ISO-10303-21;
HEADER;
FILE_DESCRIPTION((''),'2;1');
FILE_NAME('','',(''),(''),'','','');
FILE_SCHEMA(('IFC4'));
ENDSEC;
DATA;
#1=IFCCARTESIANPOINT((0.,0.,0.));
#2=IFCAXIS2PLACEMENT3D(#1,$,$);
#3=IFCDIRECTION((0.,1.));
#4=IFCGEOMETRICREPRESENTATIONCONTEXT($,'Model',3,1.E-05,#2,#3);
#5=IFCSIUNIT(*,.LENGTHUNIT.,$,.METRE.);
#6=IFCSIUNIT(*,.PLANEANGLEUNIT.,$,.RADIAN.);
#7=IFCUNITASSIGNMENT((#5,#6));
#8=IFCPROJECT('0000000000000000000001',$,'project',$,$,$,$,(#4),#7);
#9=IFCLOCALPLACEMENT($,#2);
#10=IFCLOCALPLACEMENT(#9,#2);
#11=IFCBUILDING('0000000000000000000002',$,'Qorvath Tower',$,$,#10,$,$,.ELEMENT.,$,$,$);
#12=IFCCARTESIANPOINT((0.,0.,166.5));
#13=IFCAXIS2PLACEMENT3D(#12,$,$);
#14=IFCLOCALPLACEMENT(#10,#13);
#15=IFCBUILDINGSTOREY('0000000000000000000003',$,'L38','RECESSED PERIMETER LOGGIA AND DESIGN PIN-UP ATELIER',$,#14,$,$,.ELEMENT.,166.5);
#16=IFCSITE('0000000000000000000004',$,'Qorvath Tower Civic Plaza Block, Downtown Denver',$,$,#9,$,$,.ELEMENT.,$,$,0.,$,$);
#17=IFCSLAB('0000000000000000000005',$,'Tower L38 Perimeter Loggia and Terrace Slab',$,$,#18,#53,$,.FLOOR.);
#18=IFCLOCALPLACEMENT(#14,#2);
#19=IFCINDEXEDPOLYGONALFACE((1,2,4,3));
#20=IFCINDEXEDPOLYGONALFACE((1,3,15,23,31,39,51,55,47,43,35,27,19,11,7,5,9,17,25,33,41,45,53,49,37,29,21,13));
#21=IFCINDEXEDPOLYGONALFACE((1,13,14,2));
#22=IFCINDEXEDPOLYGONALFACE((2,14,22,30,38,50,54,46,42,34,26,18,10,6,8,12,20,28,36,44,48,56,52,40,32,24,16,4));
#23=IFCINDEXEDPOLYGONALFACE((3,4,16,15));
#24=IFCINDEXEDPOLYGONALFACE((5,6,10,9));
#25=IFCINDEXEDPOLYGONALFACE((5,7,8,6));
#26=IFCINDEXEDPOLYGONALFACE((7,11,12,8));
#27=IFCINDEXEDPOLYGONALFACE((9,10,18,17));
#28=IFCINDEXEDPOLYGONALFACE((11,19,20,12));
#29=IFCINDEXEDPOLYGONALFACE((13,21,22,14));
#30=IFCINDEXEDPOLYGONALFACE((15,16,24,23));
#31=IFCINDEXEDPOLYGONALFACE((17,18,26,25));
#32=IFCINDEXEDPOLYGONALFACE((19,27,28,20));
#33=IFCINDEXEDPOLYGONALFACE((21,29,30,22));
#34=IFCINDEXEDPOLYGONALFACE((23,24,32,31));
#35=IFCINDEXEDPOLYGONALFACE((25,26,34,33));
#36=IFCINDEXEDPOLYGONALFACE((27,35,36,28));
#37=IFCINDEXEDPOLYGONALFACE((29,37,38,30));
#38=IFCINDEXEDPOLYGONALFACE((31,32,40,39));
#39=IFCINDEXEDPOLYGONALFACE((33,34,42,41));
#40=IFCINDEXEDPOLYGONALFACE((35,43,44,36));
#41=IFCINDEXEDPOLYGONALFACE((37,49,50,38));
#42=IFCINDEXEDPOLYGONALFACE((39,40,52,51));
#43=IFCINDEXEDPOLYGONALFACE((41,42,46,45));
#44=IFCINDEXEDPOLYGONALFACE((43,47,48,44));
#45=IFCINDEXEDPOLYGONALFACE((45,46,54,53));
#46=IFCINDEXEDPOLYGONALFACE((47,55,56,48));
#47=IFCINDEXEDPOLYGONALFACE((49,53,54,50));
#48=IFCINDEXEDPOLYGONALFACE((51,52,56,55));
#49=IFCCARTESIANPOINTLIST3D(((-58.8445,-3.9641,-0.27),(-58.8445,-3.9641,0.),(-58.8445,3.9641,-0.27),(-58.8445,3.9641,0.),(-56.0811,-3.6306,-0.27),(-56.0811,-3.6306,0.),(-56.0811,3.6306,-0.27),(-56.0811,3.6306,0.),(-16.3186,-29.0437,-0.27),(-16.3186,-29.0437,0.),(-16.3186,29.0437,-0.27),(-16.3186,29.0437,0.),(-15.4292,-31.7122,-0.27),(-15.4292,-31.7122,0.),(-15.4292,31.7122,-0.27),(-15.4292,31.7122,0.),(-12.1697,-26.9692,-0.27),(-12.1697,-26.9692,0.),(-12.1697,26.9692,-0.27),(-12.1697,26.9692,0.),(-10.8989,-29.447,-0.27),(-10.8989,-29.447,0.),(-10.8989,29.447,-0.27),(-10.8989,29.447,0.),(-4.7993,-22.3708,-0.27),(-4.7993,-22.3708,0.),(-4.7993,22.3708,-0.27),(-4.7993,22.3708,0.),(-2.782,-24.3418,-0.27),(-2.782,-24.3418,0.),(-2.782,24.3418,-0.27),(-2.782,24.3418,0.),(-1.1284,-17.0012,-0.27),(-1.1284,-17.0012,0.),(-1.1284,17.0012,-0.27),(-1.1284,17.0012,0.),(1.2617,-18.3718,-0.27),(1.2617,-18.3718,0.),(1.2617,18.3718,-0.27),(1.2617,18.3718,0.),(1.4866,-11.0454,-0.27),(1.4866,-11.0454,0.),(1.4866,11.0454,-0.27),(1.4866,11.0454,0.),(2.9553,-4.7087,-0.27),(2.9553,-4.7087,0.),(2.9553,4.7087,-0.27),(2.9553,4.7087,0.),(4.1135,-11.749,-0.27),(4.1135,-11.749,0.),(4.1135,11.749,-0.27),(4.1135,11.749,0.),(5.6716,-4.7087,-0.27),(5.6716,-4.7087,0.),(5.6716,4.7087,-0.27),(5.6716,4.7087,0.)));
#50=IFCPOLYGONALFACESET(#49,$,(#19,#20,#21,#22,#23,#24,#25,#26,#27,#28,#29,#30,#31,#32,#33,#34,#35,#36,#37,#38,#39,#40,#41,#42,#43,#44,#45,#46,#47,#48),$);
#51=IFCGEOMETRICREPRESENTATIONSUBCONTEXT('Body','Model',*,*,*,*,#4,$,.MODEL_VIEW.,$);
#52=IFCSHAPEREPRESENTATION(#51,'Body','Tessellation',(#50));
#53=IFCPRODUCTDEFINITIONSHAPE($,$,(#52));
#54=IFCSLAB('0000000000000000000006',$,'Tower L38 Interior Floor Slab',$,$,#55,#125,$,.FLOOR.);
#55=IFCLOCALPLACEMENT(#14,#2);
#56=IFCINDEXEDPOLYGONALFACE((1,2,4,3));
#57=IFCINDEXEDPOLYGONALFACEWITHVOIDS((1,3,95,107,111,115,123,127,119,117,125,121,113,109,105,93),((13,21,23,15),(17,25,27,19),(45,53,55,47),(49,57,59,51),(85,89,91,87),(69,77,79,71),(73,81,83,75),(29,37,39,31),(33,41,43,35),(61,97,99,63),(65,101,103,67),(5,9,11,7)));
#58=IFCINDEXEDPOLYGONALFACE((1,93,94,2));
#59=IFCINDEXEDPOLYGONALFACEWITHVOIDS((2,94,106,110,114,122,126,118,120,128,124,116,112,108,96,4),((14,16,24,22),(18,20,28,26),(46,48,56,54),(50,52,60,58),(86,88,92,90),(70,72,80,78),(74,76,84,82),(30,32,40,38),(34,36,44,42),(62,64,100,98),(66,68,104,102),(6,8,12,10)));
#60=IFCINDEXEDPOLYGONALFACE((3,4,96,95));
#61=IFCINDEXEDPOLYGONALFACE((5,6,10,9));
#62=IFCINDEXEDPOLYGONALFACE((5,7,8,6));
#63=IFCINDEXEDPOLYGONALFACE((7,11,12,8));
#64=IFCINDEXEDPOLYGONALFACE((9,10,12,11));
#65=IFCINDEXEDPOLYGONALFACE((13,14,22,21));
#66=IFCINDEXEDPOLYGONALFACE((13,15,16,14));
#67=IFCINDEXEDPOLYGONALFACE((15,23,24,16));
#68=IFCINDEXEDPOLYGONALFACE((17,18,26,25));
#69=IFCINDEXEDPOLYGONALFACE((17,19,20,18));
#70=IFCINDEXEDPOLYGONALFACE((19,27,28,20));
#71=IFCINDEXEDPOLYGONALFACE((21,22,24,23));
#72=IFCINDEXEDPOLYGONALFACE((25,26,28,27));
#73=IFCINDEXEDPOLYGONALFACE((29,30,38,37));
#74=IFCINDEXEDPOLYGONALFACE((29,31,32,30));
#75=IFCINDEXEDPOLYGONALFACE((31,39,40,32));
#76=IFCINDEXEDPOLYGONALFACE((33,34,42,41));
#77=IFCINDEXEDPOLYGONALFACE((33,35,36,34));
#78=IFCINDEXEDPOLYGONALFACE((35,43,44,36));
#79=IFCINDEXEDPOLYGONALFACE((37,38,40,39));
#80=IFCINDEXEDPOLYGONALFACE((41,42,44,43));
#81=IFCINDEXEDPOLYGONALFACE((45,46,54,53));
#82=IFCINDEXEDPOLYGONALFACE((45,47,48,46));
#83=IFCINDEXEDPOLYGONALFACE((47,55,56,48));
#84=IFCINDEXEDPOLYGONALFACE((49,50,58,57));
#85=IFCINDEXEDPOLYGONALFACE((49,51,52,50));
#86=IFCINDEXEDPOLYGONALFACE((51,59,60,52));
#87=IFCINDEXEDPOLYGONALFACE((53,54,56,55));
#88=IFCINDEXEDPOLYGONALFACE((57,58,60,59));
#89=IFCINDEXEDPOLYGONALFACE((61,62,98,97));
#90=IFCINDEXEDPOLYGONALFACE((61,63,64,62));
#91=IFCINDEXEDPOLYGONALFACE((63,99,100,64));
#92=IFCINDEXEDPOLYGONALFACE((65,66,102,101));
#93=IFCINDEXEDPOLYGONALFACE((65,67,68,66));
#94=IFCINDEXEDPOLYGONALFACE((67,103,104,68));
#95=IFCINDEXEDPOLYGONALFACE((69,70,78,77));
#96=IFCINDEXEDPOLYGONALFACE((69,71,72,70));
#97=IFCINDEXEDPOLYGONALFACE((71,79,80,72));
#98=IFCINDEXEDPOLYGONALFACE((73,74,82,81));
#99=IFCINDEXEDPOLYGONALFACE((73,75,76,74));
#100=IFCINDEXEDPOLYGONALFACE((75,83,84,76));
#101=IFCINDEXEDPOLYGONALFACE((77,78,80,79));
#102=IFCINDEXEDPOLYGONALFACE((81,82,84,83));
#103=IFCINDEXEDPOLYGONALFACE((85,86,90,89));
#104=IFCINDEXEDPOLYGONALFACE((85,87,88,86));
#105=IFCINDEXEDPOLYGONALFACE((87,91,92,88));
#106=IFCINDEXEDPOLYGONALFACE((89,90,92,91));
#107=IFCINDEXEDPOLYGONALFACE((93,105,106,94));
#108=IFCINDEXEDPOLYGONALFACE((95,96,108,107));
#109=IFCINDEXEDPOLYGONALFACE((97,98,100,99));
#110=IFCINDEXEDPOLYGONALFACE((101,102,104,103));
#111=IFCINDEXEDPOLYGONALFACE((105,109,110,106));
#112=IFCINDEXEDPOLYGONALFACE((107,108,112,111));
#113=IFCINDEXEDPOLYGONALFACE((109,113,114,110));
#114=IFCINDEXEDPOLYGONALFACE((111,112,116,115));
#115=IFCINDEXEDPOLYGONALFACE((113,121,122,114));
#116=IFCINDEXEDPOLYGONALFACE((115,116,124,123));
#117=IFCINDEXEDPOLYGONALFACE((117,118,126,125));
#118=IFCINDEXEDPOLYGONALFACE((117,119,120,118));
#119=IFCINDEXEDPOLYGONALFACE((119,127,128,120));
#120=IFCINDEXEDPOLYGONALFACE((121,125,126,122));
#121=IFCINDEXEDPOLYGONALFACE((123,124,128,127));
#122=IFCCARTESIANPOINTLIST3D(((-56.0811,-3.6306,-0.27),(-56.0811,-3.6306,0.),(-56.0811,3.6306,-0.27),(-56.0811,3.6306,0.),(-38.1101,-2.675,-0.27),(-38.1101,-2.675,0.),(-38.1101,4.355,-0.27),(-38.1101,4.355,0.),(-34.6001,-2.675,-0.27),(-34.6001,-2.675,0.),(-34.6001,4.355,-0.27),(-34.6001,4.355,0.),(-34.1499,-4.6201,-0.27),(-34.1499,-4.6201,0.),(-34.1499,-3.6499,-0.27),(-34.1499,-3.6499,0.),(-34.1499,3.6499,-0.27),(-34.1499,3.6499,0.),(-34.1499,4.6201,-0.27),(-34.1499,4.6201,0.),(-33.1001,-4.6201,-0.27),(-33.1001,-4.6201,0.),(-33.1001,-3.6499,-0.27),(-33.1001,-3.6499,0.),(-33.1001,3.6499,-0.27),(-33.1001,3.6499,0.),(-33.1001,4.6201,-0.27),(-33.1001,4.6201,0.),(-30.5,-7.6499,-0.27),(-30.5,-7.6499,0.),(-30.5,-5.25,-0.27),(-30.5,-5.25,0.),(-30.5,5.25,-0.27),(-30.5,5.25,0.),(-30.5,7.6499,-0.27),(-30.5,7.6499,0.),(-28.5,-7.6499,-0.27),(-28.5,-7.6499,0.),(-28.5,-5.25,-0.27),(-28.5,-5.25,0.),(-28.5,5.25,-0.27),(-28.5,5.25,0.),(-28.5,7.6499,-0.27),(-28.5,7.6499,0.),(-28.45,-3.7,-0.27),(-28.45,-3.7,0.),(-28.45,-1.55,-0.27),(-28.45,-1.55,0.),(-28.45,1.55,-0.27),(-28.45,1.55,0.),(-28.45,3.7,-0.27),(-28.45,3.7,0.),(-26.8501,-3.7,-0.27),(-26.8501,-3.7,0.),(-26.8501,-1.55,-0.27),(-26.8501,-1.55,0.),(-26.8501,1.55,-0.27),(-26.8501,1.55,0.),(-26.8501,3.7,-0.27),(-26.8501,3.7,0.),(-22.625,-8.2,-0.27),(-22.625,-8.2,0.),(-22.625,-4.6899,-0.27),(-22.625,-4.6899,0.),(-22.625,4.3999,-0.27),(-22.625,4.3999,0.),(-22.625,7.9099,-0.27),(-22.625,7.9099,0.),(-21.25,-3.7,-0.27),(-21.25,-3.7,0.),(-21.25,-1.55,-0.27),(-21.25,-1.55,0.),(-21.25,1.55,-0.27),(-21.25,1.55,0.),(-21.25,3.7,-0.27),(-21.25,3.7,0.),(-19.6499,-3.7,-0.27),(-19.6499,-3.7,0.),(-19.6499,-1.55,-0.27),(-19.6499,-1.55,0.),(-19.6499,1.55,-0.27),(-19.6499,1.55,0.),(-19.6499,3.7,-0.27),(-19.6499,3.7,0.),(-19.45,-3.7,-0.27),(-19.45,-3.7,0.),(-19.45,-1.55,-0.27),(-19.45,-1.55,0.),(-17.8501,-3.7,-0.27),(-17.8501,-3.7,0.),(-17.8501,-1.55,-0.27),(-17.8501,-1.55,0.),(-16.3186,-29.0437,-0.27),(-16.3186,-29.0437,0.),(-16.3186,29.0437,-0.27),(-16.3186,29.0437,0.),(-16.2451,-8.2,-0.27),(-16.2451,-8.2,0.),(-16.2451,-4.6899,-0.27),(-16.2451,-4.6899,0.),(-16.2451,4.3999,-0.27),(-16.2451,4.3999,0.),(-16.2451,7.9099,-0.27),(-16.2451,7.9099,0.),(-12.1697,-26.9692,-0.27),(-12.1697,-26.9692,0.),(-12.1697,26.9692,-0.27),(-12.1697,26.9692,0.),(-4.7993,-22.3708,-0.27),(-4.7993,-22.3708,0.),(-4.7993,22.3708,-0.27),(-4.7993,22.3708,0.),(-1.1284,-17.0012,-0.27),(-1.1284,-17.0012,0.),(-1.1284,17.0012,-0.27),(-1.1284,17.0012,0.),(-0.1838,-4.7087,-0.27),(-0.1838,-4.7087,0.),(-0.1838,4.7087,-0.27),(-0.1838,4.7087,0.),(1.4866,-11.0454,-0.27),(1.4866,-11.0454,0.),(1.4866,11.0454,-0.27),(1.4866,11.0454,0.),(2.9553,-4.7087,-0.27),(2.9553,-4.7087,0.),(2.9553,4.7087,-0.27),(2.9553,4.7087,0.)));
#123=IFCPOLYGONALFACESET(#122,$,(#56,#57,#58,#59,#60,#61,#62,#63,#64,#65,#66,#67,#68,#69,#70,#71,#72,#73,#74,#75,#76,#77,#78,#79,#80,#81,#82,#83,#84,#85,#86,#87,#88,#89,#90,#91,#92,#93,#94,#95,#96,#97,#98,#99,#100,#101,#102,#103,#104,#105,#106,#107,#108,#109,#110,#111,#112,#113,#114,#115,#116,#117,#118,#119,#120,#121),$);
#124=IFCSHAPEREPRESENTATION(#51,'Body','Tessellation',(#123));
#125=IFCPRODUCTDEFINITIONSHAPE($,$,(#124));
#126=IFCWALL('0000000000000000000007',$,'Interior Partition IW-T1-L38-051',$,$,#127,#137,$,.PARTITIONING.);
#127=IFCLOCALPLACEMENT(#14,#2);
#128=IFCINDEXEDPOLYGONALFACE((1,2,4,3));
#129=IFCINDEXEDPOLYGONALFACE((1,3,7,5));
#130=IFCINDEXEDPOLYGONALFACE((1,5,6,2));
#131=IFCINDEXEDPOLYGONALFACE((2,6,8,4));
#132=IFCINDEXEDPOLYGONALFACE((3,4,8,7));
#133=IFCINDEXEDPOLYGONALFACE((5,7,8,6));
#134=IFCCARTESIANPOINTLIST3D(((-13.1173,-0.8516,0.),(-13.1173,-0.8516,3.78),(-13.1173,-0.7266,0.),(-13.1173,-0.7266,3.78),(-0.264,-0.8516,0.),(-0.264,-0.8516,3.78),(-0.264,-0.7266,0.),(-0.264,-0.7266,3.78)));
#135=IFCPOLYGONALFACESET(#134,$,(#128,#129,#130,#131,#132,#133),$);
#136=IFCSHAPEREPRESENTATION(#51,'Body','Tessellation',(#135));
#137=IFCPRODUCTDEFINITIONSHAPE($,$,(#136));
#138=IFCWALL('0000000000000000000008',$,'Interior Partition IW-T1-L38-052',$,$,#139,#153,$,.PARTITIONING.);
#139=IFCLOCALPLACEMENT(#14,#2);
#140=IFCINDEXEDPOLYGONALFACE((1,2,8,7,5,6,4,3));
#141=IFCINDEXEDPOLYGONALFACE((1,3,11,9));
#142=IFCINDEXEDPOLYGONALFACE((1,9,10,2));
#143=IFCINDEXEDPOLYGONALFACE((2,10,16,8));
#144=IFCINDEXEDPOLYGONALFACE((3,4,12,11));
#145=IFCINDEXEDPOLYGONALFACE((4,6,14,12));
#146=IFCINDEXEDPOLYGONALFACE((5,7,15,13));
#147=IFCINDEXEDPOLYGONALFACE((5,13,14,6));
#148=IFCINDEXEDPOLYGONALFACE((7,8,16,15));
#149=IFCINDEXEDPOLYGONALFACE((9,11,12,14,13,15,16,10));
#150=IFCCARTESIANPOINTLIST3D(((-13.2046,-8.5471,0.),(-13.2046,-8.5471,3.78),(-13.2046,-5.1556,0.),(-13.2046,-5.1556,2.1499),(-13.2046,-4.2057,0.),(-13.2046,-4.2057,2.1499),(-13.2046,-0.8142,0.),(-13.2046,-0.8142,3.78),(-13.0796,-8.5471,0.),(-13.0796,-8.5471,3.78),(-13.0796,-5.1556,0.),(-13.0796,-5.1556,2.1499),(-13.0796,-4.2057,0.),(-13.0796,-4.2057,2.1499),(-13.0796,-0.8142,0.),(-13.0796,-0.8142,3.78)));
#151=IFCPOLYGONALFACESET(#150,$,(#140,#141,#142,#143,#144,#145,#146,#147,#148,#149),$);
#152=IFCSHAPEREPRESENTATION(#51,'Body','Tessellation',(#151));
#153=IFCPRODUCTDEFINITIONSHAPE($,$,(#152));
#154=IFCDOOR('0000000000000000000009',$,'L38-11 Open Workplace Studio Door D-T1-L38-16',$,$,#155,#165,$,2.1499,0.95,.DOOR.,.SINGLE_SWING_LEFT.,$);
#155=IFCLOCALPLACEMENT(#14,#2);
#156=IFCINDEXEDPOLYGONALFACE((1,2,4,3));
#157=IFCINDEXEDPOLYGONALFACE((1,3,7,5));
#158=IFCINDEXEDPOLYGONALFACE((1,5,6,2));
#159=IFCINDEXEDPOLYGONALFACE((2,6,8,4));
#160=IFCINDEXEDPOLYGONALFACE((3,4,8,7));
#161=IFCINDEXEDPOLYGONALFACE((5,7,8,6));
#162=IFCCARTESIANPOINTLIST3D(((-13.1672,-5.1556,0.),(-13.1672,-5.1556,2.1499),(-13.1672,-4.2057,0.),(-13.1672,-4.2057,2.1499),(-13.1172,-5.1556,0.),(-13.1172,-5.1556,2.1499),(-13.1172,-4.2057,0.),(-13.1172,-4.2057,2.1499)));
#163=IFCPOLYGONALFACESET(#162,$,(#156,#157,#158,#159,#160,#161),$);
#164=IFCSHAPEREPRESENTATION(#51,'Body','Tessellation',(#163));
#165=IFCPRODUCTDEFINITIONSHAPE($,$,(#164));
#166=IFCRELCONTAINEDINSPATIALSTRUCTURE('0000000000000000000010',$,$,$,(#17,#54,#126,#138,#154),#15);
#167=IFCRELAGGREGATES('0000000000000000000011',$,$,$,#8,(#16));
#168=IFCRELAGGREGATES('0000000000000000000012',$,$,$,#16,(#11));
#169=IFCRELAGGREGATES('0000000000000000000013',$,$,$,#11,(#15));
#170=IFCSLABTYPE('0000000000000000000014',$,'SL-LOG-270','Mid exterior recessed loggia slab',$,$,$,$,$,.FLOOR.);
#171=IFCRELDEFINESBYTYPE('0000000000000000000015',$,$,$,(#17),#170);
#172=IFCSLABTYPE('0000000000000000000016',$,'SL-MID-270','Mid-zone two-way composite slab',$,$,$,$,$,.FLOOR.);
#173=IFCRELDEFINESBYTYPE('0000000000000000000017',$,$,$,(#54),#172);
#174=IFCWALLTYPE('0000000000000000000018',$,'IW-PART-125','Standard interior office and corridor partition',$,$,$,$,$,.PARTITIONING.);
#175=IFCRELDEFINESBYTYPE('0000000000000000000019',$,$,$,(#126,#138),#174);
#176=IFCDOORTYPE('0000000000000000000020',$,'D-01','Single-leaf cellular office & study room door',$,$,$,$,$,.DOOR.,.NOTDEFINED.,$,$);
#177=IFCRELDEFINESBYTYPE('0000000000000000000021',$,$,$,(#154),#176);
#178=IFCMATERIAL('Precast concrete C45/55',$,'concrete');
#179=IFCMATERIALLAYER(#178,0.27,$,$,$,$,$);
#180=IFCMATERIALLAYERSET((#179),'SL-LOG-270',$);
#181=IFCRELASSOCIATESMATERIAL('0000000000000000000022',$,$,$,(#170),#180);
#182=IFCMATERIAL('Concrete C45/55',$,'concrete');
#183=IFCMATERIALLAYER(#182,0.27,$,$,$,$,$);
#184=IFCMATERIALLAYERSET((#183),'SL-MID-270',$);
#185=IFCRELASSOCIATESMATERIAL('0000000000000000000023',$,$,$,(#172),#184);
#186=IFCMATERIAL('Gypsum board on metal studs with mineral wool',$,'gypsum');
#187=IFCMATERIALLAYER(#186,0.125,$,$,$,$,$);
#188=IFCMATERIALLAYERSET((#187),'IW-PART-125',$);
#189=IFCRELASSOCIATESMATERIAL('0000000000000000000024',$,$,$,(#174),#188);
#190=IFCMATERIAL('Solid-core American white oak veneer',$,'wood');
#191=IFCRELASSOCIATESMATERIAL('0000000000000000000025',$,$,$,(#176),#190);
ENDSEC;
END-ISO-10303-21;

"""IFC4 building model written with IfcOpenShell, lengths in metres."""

from ifc_helpers import new_model, si_unit, direction, frame, frame_2d, origin, place, context, subcontext, project, spatial, polyline, rectangle, outline, extrude, material, layer, layer_set, type_object, element, fill, save


model = new_model("IFC4")

# Units and contexts
model_context = context("Model", 3, precision=1e-05, world=origin(), true_north=direction((0.0, 1.0)))
body_context = subcontext(model_context, "Body", "Model", "MODEL_VIEW")
ifc_project = project(units=[si_unit("LENGTHUNIT", "METRE"), si_unit("PLANEANGLEUNIT", "RADIAN")], contexts=[model_context])

# Site, building, storey
site_placement = place(None, origin())
site = spatial("IfcSite", under=ifc_project, at=site_placement, Name="Qorvath Tower Civic Plaza Block, Downtown Denver", CompositionType="ELEMENT", RefElevation=0.0)
building_placement = place(site_placement, origin())
building = spatial("IfcBuilding", under=site, at=building_placement, Name="Qorvath Tower", CompositionType="ELEMENT")
storey_placement = place(building_placement, frame((0.0, 0.0, 166.5)))
storey = spatial("IfcBuildingStorey", under=building, at=storey_placement, Name="L38", Description="RECESSED PERIMETER LOGGIA AND DESIGN PIN-UP ATELIER", CompositionType="ELEMENT", Elevation=166.5)

# Slabs
ifc_material_1 = material(Name="Precast concrete C45/55", Category="concrete")
ifc_layer_1 = layer(ifc_material_1, 0.27)
ifc_layer_set_1 = layer_set([ifc_layer_1], Name="SL-LOG-270")
slab_type_1 = type_object("IfcSlabType", Name="SL-LOG-270", Description="Mid exterior recessed loggia slab", PredefinedType="FLOOR", material=ifc_layer_set_1)
slab_1_placement = place(storey_placement, frame((0.0, 0.0, -0.27)))
element("IfcSlab", 1, at=slab_1_placement, inside=storey, type_object=slab_type_1, Name="Tower L38 Perimeter Loggia and Terrace Slab", PredefinedType="FLOOR", context=body_context, shape_type="SweptSolid", body=[
    extrude(outline(polyline([(2.9553, -4.7087), (1.4866, -11.0454), (-1.1284, -17.0012), (-4.7993, -22.3708), (-12.1697, -26.9692), (-16.3186, -29.0437), (-56.0811, -3.6306), (-56.0811, 3.6306), (-16.3186, 29.0437), (-12.1697, 26.9692), (-4.7993, 22.3708), (-1.1284, 17.0012), (1.4866, 11.0454), (2.9553, 4.7087), (5.6716, 4.7087), (4.1135, 11.749), (1.2617, 18.3718), (-2.782, 24.3418), (-10.8989, 29.447), (-15.4292, 31.7122), (-58.8445, 3.9641), (-58.8445, -3.9641), (-15.4292, -31.7122), (-10.8989, -29.447), (-2.782, -24.3418), (1.2617, -18.3718), (4.1135, -11.749), (5.6716, -4.7087), (2.9553, -4.7087)])), origin(), (0.0, 0.0, 1.0), 0.27),
])
ifc_material_2 = material(Name="Concrete C45/55", Category="concrete")
ifc_layer_2 = layer(ifc_material_2, 0.27)
ifc_layer_set_2 = layer_set([ifc_layer_2], Name="SL-MID-270")
slab_type_2 = type_object("IfcSlabType", Name="SL-MID-270", Description="Mid-zone two-way composite slab", PredefinedType="FLOOR", material=ifc_layer_set_2)
slab_2_placement = place(storey_placement, frame((0.0, 0.0, -0.27)))
element("IfcSlab", 2, at=slab_2_placement, inside=storey, type_object=slab_type_2, Name="Tower L38 Interior Floor Slab", PredefinedType="FLOOR", context=body_context, shape_type="SweptSolid", body=[
    extrude(outline(polyline([(-56.0811, 3.6306), (-56.0811, -3.6306), (-16.3186, -29.0437), (-12.1697, -26.9692), (-4.7993, -22.3708), (-1.1284, -17.0012), (1.4866, -11.0454), (2.9553, -4.7087), (-0.1838, -4.7087), (-0.1838, 4.7087), (2.9553, 4.7087), (1.4866, 11.0454), (-1.1284, 17.0012), (-4.7993, 22.3708), (-12.1697, 26.9692), (-16.3186, 29.0437), (-56.0811, 3.6306)]), holes=[polyline([(-16.2451, -8.2), (-22.625, -8.2), (-22.625, -4.6899), (-16.2451, -4.6899), (-16.2451, -8.2)]), polyline([(-22.625, 4.3999), (-22.625, 7.9099), (-16.2451, 7.9099), (-16.2451, 4.3999), (-22.625, 4.3999)]), polyline([(-17.8501, -3.7), (-19.45, -3.7), (-19.45, -1.55), (-17.8501, -1.55), (-17.8501, -3.7)]), polyline([(-21.25, -3.7), (-21.25, -1.55), (-19.6499, -1.55), (-19.6499, -3.7), (-21.25, -3.7)]), polyline([(-21.25, 1.55), (-21.25, 3.7), (-19.6499, 3.7), (-19.6499, 1.55), (-21.25, 1.55)]), polyline([(-28.45, -3.7), (-28.45, -1.55), (-26.8501, -1.55), (-26.8501, -3.7), (-28.45, -3.7)]), polyline([(-26.8501, 1.55), (-28.45, 1.55), (-28.45, 3.7), (-26.8501, 3.7), (-26.8501, 1.55)]), polyline([(-28.5, -7.6499), (-30.5, -7.6499), (-30.5, -5.25), (-28.5, -5.25), (-28.5, -7.6499)]), polyline([(-30.5, 5.25), (-30.5, 7.6499), (-28.5, 7.6499), (-28.5, 5.25), (-30.5, 5.25)]), polyline([(-34.1499, -4.6201), (-34.1499, -3.6499), (-33.1001, -3.6499), (-33.1001, -4.6201), (-34.1499, -4.6201)]), polyline([(-34.1499, 3.6499), (-34.1499, 4.6201), (-33.1001, 4.6201), (-33.1001, 3.6499), (-34.1499, 3.6499)]), polyline([(-34.6001, -2.675), (-38.1101, -2.675), (-38.1101, 4.355), (-34.6001, 4.355), (-34.6001, -2.675)])]), origin(), (0.0, 0.0, 1.0), 0.27),
])

# Wall
ifc_material_3 = material(Name="Gypsum board on metal studs with mineral wool", Category="gypsum")
ifc_layer_3 = layer(ifc_material_3, 0.125)
ifc_layer_set_3 = layer_set([ifc_layer_3], Name="IW-PART-125")
wall_type_1 = type_object("IfcWallType", Name="IW-PART-125", Description="Standard interior office and corridor partition", PredefinedType="PARTITIONING", material=ifc_layer_set_3)
wall_1_placement = place(storey_placement, frame((-0.2639, -0.7891, 0.0), z_axis=(0.0, 0.0, 1.0), x_axis=(-1.0, 0.0, 0.0)))
element("IfcWall", 3, at=wall_1_placement, inside=storey, type_object=wall_type_1, Name="Interior Partition IW-T1-L38-051", PredefinedType="PARTITIONING", context=body_context, shape_type="SweptSolid", body=[
    extrude(rectangle(XDim=12.8533, YDim=0.125, at=frame_2d((6.4268, 0.0))), origin(), (0.0, 0.0, 1.0), 3.78),
])

# Wall, opening, door
wall_2_placement = place(storey_placement, frame((-13.1421, -0.8142, 0.0), z_axis=(0.0, 0.0, 1.0), x_axis=(0.0, -1.0, 0.0)))
wall_2 = element("IfcWall", 4, at=wall_2_placement, inside=storey, type_object=wall_type_1, Name="Interior Partition IW-T1-L38-052", PredefinedType="PARTITIONING", context=body_context, shape_type="SweptSolid", body=[
    extrude(rectangle(XDim=7.7329, YDim=0.125, at=frame_2d((3.8665, 0.0))), origin(), (0.0, 0.0, 1.0), 3.78),
])
opening_placement = place(wall_2_placement, frame((3.3914, 0.0, 0.0)))
opening = element("IfcOpeningElement", 5, at=opening_placement, cuts=wall_2, PredefinedType="OPENING", context=body_context, shape_type="SweptSolid", body=[
    extrude(rectangle(XDim=0.95, YDim=2.1499, at=frame_2d((0.4751, 1.075))), frame((0.0, 0.0725, 0.0), z_axis=(0.0, -1.0, 0.0), x_axis=(1.0, 0.0, 0.0)), (0.0, 0.0, 1.0), 0.145),
])
ifc_material_4 = material(Name="Solid-core American white oak veneer", Category="wood")
door_type = type_object("IfcDoorType", Name="D-01", Description="Single-leaf cellular office & study room door", OperationType="NOTDEFINED", PredefinedType="DOOR", material=ifc_material_4)
door_placement = place(opening_placement, origin())
door = element("IfcDoor", 6, at=door_placement, inside=storey, type_object=door_type, Name="L38-11 Open Workplace Studio Door D-T1-L38-16", OperationType="SINGLE_SWING_LEFT", OverallHeight=2.1499, OverallWidth=0.95, PredefinedType="DOOR", context=body_context, shape_type="SweptSolid", body=[
    extrude(rectangle(XDim=0.95, YDim=2.1499, at=frame_2d((0.4751, 1.075))), frame((0.0, 0.0249, 0.0), z_axis=(0.0, -1.0, 0.0), x_axis=(1.0, 0.0, 0.0)), (0.0, 0.0, 1.0), 0.05),
])
fill(opening, door)

save(model, "model.ifc")
